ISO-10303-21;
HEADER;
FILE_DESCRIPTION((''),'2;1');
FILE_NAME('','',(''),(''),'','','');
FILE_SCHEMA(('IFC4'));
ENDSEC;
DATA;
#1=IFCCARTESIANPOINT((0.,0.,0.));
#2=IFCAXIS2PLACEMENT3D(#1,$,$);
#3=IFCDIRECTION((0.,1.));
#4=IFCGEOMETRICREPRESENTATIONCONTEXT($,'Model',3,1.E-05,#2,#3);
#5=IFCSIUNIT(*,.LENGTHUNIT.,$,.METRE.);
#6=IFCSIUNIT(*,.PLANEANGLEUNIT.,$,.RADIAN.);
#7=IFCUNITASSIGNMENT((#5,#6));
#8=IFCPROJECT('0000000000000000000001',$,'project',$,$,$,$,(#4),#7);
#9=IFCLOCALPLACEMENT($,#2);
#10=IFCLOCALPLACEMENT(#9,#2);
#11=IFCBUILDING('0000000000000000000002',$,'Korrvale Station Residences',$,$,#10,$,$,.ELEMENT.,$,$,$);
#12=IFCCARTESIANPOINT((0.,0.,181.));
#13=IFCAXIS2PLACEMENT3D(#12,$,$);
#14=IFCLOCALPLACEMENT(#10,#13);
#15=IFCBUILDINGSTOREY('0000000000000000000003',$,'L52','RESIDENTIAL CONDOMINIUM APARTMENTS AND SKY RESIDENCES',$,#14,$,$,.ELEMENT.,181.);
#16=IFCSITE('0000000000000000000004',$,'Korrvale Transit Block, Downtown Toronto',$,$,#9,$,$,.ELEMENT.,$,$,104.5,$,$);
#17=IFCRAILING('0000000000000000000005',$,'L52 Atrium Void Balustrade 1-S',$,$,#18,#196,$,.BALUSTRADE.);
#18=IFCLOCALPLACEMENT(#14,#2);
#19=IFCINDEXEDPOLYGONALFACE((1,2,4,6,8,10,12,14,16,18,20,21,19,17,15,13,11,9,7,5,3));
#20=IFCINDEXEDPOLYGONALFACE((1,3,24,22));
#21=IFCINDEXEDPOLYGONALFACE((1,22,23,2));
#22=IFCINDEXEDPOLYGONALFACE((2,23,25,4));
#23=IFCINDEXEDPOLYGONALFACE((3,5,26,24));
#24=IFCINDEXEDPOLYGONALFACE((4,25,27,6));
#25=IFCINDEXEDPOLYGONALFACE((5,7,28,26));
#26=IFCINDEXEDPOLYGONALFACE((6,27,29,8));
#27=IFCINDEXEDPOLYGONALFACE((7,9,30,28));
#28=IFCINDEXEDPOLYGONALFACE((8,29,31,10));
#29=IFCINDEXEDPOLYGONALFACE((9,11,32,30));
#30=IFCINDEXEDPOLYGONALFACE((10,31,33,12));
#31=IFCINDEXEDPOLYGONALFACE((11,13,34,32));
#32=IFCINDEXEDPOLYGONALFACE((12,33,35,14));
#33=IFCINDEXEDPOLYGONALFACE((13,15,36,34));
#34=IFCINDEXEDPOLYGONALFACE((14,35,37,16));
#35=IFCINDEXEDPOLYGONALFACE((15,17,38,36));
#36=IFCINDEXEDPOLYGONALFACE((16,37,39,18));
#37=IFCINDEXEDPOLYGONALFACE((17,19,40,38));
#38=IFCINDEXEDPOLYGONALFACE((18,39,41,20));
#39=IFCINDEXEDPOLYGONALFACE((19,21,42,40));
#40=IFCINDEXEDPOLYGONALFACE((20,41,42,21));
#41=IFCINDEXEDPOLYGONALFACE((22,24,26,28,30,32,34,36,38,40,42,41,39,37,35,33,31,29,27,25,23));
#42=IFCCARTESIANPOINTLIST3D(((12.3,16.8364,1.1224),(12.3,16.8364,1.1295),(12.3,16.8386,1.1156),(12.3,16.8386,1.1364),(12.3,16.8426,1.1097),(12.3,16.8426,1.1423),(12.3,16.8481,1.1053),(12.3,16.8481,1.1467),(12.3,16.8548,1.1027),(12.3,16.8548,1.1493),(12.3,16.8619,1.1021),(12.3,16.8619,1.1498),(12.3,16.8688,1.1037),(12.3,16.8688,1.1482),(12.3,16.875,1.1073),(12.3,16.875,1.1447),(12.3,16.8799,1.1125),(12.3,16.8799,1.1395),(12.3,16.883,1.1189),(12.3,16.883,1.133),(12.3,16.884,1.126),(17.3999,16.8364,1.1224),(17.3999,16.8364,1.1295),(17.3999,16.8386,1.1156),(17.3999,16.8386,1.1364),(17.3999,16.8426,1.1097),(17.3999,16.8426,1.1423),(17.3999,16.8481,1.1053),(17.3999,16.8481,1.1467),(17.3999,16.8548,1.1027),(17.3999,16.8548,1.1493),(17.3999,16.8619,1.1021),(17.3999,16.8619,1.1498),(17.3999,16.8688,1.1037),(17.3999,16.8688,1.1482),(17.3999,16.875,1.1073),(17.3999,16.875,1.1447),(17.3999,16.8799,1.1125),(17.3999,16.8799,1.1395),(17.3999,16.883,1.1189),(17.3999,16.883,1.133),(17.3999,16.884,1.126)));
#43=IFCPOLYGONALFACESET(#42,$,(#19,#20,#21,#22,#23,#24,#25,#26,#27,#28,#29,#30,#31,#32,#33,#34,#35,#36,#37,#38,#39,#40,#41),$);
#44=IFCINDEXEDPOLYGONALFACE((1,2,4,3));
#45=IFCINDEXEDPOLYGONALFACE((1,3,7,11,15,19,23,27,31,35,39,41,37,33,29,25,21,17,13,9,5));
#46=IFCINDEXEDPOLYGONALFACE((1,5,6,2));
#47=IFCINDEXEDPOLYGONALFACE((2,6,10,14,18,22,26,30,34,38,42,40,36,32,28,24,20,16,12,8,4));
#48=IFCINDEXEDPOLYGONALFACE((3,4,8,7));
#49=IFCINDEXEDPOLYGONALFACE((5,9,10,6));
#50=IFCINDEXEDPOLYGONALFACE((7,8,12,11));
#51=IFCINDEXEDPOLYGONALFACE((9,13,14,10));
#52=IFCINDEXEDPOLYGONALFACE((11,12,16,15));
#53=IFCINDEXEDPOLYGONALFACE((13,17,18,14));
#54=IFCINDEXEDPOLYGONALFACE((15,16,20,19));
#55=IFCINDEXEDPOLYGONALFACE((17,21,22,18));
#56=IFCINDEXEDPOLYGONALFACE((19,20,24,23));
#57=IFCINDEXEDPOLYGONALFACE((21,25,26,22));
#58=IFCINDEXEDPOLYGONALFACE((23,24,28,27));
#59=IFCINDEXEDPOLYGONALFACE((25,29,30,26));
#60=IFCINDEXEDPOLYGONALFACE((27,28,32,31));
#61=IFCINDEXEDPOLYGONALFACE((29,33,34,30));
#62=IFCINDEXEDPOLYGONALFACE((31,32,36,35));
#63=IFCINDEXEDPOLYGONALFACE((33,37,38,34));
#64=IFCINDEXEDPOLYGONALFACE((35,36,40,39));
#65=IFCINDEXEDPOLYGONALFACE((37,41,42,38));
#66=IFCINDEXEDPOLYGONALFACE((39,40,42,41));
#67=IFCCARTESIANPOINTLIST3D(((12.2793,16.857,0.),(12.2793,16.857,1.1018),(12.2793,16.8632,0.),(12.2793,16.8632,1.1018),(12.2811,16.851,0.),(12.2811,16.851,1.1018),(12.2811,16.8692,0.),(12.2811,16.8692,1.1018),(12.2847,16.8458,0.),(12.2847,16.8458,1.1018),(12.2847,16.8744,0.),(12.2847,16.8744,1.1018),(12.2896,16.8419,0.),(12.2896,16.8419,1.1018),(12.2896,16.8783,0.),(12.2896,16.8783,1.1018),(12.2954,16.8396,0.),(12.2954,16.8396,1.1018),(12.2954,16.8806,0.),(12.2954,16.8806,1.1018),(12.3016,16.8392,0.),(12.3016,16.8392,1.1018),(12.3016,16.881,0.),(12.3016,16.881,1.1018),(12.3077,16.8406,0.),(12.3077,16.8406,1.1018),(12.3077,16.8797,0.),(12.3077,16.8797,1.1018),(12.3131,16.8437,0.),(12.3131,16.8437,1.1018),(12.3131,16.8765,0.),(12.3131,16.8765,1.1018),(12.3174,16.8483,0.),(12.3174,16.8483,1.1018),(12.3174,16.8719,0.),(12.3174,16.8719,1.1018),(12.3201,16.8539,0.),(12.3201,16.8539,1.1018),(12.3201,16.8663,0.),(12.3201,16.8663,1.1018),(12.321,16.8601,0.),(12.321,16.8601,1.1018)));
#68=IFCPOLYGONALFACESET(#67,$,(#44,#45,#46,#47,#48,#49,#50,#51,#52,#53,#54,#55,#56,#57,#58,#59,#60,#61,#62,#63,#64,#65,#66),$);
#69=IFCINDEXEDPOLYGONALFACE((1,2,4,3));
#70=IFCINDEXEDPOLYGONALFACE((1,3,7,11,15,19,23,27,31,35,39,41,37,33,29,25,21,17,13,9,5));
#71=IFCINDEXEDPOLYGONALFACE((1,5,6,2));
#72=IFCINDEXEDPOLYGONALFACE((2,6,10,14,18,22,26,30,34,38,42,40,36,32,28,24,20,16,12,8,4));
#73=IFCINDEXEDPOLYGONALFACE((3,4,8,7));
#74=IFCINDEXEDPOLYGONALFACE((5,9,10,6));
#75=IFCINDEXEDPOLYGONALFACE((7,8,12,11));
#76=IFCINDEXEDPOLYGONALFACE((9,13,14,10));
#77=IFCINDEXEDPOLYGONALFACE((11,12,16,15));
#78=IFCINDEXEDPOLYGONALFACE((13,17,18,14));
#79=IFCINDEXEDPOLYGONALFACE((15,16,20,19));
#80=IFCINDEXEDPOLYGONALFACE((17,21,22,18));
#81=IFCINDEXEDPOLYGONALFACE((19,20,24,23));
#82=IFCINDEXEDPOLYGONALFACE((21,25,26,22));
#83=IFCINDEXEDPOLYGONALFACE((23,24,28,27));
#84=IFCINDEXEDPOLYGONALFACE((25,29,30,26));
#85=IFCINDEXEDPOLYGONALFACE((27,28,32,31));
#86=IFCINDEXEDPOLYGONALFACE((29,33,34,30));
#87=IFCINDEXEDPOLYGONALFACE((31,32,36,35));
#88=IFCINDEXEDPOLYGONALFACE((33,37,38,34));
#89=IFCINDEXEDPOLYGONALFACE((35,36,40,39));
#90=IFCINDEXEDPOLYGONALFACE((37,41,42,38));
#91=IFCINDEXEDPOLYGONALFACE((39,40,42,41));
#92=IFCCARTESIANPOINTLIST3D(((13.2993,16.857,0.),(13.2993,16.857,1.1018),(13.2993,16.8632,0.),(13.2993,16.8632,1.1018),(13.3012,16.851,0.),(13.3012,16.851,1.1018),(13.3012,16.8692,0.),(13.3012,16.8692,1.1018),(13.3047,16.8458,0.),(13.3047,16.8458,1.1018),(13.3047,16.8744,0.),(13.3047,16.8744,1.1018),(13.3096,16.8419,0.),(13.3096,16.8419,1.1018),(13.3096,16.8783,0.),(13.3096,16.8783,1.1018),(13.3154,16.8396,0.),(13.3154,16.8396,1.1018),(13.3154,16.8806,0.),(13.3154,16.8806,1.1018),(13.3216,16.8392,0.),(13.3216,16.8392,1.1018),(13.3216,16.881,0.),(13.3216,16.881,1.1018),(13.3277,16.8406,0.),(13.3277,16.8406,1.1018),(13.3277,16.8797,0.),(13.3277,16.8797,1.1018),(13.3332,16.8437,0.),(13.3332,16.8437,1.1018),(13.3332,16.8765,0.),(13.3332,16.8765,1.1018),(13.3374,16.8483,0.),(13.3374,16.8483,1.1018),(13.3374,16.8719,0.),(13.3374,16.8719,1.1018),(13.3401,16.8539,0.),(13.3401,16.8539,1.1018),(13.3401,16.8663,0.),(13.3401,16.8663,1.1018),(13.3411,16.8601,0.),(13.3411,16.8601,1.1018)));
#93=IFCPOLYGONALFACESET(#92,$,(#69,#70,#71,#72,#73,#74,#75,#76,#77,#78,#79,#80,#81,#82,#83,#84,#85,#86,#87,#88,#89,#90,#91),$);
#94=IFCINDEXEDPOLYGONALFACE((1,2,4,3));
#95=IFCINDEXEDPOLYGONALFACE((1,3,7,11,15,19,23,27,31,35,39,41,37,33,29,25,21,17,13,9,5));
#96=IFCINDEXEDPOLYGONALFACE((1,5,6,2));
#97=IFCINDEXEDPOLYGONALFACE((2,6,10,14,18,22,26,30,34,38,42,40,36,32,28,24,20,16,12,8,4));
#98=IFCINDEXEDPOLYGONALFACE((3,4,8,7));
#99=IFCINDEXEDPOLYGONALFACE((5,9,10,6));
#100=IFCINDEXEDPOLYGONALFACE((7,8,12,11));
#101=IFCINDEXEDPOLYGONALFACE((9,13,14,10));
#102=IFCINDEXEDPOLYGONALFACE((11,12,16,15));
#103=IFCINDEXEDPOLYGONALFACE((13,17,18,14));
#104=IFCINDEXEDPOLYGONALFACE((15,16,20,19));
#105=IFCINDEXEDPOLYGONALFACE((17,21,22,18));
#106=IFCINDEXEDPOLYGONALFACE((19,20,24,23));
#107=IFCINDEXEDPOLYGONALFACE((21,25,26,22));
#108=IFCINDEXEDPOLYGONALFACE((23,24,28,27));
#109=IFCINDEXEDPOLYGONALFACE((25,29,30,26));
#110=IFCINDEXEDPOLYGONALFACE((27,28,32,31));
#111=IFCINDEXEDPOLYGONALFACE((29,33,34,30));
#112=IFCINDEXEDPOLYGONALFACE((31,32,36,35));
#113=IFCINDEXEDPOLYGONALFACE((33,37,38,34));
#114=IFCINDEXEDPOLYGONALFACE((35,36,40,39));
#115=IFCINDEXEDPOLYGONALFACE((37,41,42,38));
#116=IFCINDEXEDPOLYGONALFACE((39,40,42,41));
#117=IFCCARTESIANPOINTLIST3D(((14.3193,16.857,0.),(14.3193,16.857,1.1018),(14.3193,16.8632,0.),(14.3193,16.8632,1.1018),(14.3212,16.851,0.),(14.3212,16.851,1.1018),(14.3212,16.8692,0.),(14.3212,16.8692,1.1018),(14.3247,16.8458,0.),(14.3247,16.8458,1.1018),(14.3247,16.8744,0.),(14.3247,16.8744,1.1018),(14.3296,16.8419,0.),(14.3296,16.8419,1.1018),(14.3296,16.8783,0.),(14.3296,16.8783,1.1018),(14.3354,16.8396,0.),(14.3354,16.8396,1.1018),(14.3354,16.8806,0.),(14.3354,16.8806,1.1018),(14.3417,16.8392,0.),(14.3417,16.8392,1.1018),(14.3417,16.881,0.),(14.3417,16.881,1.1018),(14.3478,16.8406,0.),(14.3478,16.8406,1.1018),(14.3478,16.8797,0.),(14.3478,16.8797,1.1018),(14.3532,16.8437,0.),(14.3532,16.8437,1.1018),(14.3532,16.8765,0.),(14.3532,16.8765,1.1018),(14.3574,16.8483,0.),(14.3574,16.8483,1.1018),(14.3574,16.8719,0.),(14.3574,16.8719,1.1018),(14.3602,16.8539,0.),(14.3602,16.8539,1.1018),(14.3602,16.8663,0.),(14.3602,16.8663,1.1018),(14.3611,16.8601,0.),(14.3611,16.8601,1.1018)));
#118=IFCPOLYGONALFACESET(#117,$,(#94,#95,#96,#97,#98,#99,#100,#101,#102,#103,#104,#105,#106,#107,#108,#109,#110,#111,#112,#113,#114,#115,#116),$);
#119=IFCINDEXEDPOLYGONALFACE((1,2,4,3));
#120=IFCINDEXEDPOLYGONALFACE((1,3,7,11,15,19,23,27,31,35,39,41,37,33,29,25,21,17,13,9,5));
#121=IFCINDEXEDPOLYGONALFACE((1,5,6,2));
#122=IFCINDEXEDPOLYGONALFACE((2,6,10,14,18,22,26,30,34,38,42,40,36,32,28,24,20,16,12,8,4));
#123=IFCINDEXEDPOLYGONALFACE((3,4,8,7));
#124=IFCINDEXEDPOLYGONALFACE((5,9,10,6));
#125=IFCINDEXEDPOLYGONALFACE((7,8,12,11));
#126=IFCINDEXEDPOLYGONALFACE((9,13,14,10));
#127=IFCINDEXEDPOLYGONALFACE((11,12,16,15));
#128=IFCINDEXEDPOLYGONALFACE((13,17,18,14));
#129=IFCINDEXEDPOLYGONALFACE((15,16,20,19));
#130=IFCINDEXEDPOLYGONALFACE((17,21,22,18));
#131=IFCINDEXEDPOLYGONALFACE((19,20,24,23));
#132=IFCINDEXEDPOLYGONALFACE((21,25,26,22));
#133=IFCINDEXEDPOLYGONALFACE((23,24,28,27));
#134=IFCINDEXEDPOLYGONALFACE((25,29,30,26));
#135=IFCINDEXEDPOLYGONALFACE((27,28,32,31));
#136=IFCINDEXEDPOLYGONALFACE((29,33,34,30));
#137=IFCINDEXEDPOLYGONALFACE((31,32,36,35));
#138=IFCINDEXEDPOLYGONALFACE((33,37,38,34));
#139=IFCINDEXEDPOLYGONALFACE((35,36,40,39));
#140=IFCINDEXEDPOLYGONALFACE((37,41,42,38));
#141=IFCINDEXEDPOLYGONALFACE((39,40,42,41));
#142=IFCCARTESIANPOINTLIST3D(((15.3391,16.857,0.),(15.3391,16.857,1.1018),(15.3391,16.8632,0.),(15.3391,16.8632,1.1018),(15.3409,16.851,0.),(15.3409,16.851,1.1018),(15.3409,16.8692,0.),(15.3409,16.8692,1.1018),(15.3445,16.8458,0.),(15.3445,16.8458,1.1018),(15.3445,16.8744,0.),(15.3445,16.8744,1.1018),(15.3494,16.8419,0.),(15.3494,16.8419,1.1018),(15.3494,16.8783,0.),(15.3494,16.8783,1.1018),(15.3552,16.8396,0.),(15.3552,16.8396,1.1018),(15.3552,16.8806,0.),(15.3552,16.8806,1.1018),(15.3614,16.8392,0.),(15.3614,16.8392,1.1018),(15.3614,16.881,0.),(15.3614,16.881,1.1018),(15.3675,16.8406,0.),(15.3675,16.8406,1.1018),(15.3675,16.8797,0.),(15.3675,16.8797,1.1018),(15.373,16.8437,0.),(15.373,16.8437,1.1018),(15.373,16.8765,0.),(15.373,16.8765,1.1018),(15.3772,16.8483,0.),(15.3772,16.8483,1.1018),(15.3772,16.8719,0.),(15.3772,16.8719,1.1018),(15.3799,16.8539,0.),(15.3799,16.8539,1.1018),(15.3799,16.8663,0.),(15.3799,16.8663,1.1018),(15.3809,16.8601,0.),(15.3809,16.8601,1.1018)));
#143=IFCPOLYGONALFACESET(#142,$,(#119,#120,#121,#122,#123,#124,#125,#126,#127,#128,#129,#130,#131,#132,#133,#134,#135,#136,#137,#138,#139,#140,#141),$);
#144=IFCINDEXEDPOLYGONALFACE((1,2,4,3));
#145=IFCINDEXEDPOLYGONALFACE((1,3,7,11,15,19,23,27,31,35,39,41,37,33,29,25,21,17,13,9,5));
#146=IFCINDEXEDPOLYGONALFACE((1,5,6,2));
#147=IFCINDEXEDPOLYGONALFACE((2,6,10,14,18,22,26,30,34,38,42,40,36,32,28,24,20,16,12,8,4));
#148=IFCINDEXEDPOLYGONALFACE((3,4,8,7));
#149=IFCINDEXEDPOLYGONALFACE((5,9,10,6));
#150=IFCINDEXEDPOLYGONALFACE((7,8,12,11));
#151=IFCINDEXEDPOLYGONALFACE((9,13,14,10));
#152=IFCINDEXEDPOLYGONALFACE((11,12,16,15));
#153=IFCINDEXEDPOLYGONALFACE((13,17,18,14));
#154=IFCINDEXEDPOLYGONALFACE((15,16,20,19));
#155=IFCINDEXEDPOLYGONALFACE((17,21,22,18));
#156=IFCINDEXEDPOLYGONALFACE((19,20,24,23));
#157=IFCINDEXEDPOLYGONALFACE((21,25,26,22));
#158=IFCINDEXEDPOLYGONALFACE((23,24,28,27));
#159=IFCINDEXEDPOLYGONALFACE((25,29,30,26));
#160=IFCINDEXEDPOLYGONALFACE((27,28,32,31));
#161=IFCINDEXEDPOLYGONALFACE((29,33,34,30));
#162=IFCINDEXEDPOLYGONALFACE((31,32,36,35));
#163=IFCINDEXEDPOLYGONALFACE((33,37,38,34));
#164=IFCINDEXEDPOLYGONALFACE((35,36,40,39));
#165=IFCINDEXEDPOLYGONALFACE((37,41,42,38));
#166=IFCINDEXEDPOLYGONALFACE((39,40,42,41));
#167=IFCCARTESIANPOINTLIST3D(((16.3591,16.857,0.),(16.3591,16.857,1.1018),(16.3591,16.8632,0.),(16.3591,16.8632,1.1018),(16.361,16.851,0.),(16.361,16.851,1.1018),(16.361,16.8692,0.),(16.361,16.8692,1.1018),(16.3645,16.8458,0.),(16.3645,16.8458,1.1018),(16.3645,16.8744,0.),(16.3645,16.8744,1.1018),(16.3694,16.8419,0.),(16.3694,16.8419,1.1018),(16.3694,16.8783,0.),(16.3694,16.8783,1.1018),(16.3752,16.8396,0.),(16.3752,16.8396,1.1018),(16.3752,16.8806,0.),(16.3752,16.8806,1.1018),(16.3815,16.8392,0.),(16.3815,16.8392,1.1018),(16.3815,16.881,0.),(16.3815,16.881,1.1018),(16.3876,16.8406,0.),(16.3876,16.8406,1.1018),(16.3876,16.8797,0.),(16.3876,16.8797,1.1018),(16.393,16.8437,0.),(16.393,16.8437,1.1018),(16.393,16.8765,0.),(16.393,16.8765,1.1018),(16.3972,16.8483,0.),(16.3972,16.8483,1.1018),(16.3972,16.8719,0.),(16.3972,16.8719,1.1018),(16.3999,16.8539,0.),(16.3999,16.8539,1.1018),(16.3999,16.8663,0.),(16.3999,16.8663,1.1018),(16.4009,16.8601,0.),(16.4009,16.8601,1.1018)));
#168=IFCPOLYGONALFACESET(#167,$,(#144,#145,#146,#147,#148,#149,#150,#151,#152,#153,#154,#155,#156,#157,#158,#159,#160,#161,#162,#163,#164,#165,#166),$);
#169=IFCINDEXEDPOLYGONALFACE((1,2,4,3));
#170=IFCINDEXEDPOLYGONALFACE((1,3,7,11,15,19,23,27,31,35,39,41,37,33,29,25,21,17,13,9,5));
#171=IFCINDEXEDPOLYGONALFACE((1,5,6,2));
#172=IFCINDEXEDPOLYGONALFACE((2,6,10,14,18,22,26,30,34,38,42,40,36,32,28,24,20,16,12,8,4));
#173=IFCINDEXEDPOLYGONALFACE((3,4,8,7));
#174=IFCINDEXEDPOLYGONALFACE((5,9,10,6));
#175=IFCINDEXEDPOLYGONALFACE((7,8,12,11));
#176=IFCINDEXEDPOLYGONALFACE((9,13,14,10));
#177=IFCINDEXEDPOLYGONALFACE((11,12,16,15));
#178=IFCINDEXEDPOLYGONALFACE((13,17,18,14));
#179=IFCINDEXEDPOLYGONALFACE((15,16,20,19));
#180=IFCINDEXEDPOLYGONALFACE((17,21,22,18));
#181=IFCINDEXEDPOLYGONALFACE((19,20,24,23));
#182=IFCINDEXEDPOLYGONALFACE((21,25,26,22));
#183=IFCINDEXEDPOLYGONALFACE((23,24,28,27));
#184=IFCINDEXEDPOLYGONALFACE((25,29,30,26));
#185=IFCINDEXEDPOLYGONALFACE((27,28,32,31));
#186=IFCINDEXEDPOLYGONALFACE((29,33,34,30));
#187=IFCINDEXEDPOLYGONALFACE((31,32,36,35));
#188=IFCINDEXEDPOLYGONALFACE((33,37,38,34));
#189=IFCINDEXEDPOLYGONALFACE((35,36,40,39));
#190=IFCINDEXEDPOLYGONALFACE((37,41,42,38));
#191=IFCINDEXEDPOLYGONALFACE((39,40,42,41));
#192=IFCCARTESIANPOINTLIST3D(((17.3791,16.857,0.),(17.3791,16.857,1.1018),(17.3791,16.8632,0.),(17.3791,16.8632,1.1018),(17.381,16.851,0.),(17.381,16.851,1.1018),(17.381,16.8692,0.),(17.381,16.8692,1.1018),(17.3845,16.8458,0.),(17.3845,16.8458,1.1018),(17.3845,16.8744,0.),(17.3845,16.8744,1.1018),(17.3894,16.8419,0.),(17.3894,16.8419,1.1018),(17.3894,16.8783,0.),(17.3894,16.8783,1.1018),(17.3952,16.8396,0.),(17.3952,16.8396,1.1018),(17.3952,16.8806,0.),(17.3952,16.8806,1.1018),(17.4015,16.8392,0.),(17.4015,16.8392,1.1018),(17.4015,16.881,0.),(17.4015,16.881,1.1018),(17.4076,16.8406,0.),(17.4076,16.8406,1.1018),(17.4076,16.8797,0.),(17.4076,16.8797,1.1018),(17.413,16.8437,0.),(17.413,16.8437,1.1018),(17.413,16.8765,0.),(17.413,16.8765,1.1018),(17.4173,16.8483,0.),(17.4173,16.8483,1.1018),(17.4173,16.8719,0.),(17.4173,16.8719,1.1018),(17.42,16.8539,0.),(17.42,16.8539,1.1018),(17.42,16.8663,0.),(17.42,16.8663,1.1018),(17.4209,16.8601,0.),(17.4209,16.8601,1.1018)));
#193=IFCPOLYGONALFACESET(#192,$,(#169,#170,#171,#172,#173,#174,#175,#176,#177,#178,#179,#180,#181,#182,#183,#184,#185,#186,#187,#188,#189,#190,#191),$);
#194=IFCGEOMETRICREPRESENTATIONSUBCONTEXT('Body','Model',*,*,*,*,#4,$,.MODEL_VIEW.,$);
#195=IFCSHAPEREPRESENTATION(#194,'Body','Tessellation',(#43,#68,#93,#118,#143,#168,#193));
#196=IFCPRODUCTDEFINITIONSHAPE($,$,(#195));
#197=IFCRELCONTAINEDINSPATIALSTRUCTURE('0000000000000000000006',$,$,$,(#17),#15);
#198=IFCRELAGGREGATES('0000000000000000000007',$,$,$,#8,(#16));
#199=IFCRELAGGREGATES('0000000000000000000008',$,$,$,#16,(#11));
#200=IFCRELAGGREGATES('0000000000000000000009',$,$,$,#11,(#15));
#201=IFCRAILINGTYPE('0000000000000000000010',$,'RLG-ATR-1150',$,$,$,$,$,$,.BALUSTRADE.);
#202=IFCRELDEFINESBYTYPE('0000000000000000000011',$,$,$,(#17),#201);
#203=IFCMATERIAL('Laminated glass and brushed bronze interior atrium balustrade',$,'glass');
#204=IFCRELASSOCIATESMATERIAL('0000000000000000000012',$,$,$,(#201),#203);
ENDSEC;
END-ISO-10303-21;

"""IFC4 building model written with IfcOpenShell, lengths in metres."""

from ifc_helpers import new_model, si_unit, direction, frame, origin, origin_2d, place, context, subcontext, project, spatial, circle, extrude, material, type_object, element, save


model = new_model("IFC4")

# Units and contexts
model_context = context("Model", 3, precision=1e-05, world=origin(), true_north=direction((0.0, 1.0)))
body_context = subcontext(model_context, "Body", "Model", "MODEL_VIEW")
ifc_project = project(units=[si_unit("LENGTHUNIT", "METRE"), si_unit("PLANEANGLEUNIT", "RADIAN")], contexts=[model_context])

# Site, building, storey
site_placement = place(None, origin())
site = spatial("IfcSite", under=ifc_project, at=site_placement, Name="Korrvale Transit Block, Downtown Toronto", CompositionType="ELEMENT", RefElevation=104.5)
building_placement = place(site_placement, origin())
building = spatial("IfcBuilding", under=site, at=building_placement, Name="Korrvale Station Residences", CompositionType="ELEMENT")
storey_placement = place(building_placement, frame((0.0, 0.0, 181.0)))
storey = spatial("IfcBuildingStorey", under=building, at=storey_placement, Name="L52", Description="RESIDENTIAL CONDOMINIUM APARTMENTS AND SKY RESIDENCES", CompositionType="ELEMENT", Elevation=181.0)

# Railing
ifc_material_1 = material(Name="Laminated glass and brushed bronze interior atrium balustrade", Category="glass")
railing_type = type_object("IfcRailingType", Name="RLG-ATR-1150", PredefinedType="BALUSTRADE", material=ifc_material_1)
railing_1_placement = place(storey_placement, frame((12.3, 16.8601, 0.0)))
element("IfcRailing", 1, at=railing_1_placement, inside=storey, type_object=railing_type, Name="L52 Atrium Void Balustrade 1-S", PredefinedType="BALUSTRADE", context=body_context, shape_type="SweptSolid", body=[
    extrude(circle(Radius=0.0239, at=origin_2d()), frame((0.0, 0.0, 1.126), z_axis=(1.0, 0.0, 0.0), x_axis=(0.0, 1.0, 0.0)), (0.0, 0.0, 1.0), 5.0999),
    extrude(circle(Radius=0.021, at=origin_2d()), origin(), (0.0, 0.0, 1.0), 1.1018),
    extrude(circle(Radius=0.021, at=origin_2d()), frame((1.02, 0.0, 0.0)), (0.0, 0.0, 1.0), 1.1018),
    extrude(circle(Radius=0.021, at=origin_2d()), frame((2.04, 0.0, 0.0)), (0.0, 0.0, 1.0), 1.1018),
    extrude(circle(Radius=0.021, at=origin_2d()), frame((3.0598, 0.0, 0.0)), (0.0, 0.0, 1.0), 1.1018),
    extrude(circle(Radius=0.021, at=origin_2d()), frame((4.0798, 0.0, 0.0)), (0.0, 0.0, 1.0), 1.1018),
    extrude(circle(Radius=0.021, at=origin_2d()), frame((5.0999, 0.0, 0.0)), (0.0, 0.0, 1.0), 1.1018),
])

save(model, "model.ifc")
